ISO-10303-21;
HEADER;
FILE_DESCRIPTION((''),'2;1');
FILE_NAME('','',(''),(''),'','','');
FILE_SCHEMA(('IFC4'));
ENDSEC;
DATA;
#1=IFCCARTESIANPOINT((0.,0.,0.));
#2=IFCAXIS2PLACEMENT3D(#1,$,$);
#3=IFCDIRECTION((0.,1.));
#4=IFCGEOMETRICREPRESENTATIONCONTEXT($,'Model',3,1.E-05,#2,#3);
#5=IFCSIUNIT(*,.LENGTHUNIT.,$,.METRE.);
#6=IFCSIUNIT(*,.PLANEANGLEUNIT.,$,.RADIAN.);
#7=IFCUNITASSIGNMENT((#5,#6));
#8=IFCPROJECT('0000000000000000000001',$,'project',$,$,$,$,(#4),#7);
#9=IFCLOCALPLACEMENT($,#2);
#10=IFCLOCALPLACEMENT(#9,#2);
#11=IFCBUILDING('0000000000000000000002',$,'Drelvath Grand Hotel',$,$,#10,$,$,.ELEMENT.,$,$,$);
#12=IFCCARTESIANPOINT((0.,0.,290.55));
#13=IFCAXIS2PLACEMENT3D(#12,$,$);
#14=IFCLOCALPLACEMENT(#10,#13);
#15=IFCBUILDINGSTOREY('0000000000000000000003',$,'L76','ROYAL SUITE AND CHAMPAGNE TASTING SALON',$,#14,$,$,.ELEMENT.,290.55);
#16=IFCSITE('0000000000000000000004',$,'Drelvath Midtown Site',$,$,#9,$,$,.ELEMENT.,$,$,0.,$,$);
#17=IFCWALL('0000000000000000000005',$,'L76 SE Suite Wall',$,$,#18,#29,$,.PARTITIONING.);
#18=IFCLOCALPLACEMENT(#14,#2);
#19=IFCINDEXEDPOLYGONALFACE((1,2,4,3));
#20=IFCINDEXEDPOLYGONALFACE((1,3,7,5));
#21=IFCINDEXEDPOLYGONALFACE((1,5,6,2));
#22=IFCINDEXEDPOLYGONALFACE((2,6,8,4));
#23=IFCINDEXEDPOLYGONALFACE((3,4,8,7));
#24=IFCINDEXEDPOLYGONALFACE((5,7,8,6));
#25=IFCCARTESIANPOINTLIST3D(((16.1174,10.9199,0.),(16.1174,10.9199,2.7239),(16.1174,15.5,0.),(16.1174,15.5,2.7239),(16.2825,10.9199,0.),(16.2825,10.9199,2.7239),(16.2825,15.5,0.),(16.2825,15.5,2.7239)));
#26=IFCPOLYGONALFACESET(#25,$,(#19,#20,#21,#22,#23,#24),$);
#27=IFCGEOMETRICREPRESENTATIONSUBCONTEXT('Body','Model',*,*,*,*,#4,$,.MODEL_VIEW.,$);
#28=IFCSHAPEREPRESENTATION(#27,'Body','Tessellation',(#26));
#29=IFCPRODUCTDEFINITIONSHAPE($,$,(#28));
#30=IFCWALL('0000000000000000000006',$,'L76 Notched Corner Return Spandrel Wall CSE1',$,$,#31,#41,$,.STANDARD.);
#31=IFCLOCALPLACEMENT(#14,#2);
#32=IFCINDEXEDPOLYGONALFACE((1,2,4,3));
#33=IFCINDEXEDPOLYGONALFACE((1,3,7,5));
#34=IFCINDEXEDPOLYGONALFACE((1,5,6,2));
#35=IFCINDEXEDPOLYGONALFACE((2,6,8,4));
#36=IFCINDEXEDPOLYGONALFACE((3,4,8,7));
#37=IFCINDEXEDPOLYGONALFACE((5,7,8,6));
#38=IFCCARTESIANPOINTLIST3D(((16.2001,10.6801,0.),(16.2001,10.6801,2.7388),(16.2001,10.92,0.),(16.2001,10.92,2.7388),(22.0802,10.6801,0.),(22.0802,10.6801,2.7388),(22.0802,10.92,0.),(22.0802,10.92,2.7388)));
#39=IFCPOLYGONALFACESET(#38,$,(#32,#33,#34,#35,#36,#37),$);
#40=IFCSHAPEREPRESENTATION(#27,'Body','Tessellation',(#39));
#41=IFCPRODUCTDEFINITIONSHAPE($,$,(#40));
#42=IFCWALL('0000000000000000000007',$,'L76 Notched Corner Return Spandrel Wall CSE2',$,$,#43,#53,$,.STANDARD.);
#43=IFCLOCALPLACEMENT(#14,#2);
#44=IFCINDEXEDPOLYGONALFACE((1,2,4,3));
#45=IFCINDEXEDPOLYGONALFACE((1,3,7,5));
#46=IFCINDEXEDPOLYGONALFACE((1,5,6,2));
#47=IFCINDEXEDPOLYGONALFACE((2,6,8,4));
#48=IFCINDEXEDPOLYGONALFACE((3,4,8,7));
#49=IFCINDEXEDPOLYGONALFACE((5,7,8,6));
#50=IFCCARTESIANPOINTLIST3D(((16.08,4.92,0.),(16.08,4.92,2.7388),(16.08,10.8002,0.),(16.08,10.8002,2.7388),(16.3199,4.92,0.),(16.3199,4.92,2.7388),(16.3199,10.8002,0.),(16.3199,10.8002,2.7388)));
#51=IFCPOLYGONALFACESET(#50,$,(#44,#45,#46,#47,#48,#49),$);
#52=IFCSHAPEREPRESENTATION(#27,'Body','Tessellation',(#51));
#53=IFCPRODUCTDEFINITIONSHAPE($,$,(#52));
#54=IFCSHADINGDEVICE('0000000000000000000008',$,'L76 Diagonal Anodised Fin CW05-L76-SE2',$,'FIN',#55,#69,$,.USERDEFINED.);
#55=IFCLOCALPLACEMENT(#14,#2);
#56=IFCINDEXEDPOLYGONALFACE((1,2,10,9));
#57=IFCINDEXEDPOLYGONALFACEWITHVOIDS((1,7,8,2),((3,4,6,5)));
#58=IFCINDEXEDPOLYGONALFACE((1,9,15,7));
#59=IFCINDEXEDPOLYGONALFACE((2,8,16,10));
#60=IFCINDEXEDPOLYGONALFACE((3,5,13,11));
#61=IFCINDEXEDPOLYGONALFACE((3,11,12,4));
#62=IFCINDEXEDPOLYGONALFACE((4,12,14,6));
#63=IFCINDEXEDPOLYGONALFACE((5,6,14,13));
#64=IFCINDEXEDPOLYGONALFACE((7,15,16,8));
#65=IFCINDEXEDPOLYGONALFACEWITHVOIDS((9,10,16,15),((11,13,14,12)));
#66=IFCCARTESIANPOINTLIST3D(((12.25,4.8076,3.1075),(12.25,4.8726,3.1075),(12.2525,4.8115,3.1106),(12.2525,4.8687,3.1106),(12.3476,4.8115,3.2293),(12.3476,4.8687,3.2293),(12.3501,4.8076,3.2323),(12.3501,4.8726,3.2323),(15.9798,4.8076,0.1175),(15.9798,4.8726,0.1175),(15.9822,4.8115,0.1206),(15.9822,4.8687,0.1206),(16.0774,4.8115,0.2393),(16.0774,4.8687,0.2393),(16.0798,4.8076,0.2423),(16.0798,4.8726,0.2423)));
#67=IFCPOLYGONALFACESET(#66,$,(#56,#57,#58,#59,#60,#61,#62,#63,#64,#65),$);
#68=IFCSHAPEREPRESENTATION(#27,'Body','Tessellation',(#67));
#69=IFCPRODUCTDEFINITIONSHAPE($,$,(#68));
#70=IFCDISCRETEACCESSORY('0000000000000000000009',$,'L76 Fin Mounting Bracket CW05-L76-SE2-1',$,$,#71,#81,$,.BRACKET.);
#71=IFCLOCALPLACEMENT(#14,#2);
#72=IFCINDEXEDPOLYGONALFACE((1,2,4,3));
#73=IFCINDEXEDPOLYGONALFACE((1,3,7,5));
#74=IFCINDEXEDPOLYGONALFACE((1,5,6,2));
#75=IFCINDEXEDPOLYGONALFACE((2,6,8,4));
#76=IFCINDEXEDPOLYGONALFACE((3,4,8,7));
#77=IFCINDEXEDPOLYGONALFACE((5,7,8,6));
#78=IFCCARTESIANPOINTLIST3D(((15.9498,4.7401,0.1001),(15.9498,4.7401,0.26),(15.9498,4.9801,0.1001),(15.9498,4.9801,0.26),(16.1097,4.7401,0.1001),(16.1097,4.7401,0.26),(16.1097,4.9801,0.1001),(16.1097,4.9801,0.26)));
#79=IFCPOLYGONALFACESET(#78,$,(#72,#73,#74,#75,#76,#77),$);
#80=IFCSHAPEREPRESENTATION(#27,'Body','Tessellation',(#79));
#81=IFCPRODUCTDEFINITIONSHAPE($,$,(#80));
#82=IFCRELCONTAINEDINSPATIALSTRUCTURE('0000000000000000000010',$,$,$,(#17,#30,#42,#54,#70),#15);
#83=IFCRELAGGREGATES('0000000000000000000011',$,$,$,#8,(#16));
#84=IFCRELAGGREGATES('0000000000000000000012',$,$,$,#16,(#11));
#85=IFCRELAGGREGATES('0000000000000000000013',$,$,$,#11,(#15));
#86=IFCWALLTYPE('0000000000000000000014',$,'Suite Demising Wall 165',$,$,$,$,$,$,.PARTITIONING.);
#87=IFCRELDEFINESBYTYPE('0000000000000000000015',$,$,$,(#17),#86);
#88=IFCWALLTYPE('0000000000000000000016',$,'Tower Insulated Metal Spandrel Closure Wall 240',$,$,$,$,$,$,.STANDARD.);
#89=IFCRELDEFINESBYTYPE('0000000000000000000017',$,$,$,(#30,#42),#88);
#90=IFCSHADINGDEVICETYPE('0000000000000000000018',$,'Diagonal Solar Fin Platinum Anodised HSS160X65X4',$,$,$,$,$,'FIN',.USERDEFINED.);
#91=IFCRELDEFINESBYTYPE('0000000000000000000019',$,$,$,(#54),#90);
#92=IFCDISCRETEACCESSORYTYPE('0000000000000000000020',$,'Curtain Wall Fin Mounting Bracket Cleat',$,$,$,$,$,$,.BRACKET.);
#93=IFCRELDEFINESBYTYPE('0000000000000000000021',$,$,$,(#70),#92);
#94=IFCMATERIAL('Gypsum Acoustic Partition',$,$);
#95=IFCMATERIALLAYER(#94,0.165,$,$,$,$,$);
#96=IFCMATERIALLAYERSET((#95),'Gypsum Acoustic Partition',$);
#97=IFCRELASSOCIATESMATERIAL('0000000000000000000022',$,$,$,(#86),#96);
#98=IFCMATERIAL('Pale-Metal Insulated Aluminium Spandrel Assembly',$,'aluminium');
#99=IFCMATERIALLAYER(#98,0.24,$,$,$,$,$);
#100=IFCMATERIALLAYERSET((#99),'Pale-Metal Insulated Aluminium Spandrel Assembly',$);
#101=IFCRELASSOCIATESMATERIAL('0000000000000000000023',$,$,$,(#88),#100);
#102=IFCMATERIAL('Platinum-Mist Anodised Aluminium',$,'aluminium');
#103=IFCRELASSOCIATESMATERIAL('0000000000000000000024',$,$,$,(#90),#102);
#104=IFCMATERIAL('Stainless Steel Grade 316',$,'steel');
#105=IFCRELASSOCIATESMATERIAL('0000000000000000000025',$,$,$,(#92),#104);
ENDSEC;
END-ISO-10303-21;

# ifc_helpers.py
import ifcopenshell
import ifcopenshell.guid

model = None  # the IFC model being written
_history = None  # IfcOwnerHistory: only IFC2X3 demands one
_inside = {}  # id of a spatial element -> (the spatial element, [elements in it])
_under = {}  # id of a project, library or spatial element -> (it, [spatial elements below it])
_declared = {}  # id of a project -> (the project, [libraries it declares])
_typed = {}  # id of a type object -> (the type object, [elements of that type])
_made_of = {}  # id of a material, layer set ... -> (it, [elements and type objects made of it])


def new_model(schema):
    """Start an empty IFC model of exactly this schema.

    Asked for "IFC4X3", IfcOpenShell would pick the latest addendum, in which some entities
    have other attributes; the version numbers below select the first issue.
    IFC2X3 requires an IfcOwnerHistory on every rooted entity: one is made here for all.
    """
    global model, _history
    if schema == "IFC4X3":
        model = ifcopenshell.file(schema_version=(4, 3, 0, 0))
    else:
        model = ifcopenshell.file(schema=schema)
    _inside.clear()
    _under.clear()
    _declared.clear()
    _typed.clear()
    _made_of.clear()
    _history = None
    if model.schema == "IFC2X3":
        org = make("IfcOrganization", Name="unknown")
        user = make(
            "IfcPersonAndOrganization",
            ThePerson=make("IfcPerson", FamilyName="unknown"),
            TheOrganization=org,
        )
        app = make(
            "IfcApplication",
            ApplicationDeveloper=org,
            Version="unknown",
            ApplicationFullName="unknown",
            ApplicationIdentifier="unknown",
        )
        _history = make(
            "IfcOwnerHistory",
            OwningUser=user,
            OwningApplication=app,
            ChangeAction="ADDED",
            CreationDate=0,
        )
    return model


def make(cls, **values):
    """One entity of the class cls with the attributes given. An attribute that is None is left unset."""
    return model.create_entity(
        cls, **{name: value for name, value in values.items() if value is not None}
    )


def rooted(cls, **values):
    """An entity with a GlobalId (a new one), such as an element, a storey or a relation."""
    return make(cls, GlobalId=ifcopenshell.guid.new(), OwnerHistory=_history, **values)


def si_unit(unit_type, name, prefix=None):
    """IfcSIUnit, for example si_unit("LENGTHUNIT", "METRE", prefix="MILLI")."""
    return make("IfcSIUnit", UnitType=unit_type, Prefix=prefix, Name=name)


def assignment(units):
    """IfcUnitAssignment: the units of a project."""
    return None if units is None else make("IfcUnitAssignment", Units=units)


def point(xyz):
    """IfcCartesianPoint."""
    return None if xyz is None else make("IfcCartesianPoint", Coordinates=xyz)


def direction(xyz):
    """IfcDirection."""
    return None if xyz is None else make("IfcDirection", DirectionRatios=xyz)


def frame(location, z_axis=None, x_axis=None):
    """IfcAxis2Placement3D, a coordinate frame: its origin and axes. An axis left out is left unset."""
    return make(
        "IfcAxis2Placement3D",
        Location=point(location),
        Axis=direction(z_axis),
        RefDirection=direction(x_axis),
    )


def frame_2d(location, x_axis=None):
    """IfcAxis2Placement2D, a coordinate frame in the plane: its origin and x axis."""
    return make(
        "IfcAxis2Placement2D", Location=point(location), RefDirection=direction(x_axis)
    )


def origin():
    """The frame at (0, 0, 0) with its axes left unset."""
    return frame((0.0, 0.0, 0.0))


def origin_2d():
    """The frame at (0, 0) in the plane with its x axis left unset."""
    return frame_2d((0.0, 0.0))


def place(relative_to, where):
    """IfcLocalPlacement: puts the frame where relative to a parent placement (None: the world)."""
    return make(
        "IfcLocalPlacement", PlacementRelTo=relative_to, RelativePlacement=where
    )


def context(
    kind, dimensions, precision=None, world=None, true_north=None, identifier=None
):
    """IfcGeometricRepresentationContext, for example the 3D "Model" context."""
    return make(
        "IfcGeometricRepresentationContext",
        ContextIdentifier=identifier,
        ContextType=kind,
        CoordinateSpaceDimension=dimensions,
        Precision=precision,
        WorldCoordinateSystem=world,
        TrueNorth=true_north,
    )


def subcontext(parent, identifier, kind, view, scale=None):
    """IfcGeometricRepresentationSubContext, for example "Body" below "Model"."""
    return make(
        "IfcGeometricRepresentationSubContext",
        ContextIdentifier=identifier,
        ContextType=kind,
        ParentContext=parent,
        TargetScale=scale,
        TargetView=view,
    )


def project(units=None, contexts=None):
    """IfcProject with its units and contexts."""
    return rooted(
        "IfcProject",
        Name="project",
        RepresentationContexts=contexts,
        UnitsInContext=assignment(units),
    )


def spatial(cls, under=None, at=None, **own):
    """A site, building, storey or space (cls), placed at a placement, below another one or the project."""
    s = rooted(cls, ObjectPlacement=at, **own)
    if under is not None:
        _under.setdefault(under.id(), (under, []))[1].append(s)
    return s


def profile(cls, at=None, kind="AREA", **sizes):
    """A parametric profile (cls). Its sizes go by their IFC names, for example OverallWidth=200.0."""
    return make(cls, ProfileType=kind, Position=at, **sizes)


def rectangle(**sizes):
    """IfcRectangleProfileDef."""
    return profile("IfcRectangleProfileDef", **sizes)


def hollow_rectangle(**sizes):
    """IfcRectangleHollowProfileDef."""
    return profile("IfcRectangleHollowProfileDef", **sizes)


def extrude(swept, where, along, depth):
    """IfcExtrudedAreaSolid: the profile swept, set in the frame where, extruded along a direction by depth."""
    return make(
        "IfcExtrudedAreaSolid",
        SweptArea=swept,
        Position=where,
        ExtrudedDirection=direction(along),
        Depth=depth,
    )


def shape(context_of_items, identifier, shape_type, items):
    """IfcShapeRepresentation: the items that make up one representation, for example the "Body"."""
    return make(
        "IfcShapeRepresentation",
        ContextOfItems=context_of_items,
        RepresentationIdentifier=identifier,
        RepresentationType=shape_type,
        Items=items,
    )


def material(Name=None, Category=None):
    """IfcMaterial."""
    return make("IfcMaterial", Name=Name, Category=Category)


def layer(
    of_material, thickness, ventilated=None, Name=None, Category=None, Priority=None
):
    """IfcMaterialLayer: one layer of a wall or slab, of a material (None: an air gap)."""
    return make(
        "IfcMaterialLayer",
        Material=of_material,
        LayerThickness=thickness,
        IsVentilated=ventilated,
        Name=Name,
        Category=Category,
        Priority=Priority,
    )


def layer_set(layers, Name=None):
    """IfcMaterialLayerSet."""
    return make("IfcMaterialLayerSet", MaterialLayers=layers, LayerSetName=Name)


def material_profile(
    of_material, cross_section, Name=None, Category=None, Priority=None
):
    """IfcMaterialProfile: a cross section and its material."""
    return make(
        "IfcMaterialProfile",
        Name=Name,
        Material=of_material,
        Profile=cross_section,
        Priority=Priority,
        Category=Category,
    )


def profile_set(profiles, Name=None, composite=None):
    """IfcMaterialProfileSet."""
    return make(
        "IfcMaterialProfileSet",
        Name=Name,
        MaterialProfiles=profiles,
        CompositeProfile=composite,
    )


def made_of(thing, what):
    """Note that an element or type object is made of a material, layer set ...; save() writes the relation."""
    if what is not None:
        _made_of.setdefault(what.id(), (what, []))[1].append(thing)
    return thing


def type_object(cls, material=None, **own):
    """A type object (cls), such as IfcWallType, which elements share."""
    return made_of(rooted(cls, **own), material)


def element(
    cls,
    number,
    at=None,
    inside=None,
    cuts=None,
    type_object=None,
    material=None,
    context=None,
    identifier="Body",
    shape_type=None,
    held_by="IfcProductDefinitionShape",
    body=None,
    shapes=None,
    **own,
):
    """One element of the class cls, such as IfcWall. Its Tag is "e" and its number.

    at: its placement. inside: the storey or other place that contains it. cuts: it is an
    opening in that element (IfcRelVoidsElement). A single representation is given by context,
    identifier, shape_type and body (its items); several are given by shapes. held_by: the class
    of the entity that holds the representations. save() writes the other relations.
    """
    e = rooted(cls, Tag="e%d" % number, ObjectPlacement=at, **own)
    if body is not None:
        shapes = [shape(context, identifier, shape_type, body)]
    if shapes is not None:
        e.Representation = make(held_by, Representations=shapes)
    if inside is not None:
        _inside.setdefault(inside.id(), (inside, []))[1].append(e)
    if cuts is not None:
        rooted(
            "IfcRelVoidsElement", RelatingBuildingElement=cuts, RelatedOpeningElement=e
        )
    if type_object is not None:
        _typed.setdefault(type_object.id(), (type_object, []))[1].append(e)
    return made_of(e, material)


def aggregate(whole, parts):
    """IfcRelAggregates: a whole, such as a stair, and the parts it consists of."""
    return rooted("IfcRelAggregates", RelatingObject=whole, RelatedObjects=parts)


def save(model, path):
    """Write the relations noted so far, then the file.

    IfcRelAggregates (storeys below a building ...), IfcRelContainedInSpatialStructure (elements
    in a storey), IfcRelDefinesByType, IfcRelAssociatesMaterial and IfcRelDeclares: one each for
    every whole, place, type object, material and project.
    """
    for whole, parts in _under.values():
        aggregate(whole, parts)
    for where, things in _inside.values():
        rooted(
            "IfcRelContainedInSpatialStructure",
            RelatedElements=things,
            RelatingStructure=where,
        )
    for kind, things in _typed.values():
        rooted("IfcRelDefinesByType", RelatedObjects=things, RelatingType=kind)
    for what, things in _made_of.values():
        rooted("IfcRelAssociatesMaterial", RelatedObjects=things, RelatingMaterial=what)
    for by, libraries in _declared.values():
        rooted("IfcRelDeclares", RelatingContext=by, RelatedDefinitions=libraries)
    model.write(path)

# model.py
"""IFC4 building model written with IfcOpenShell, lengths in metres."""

from ifc_helpers import new_model, si_unit, direction, frame, frame_2d, origin, origin_2d, place, context, subcontext, project, spatial, rectangle, hollow_rectangle, extrude, material, layer, layer_set, material_profile, profile_set, type_object, element, save


model = new_model("IFC4")

# Units and contexts
model_context = context("Model", 3, precision=1e-05, world=origin(), true_north=direction((0.0, 1.0)))
body_context = subcontext(model_context, "Body", "Model", "MODEL_VIEW")
ifc_project = project(units=[si_unit("LENGTHUNIT", "METRE"), si_unit("PLANEANGLEUNIT", "RADIAN")], contexts=[model_context])

# Site, building, storey
site_placement = place(None, origin())
site = spatial("IfcSite", under=ifc_project, at=site_placement, Name="Drelvath Midtown Site", CompositionType="ELEMENT", RefElevation=0.0)
building_placement = place(site_placement, origin())
building = spatial("IfcBuilding", under=site, at=building_placement, Name="Drelvath Grand Hotel", CompositionType="ELEMENT")
storey_placement = place(building_placement, frame((0.0, 0.0, 290.55)))
storey = spatial("IfcBuildingStorey", under=building, at=storey_placement, Name="L76", Description="ROYAL SUITE AND CHAMPAGNE TASTING SALON", CompositionType="ELEMENT", Elevation=290.55)

# Walls
ifc_material_1 = material(Name="Gypsum Acoustic Partition")
ifc_layer_1 = layer(ifc_material_1, 0.165)
ifc_layer_set_1 = layer_set([ifc_layer_1], Name="Gypsum Acoustic Partition")
wall_type_1 = type_object("IfcWallType", Name="Suite Demising Wall 165", PredefinedType="PARTITIONING", material=ifc_layer_set_1)
wall_1_placement = place(storey_placement, frame((16.2, 10.9199, 0.0), z_axis=(0.0, 0.0, 1.0), x_axis=(0.0, 1.0, 0.0)))
element("IfcWall", 1, at=wall_1_placement, inside=storey, type_object=wall_type_1, Name="L76 SE Suite Wall", PredefinedType="PARTITIONING", context=body_context, shape_type="SweptSolid", body=[
    extrude(rectangle(XDim=4.5801, YDim=0.165, at=frame_2d((2.29, 0.0))), origin(), (0.0, 0.0, 1.0), 2.7239),
])
ifc_material_2 = material(Name="Pale-Metal Insulated Aluminium Spandrel Assembly", Category="aluminium")
ifc_layer_2 = layer(ifc_material_2, 0.24)
ifc_layer_set_2 = layer_set([ifc_layer_2], Name="Pale-Metal Insulated Aluminium Spandrel Assembly")
wall_type_2 = type_object("IfcWallType", Name="Tower Insulated Metal Spandrel Closure Wall 240", PredefinedType="STANDARD", material=ifc_layer_set_2)
for number, where, z_axis, x_axis, name in (
    (2, (22.0801, 10.8, 0.0), (0.0, 0.0, 1.0), (-1.0, 0.0, 0.0), "L76 Notched Corner Return Spandrel Wall CSE1"),
    (3, (16.2, 10.8, 0.0), (0.0, 0.0, 1.0), (0.0, -1.0, 0.0), "L76 Notched Corner Return Spandrel Wall CSE2"),
):
    element("IfcWall", number, at=place(storey_placement, frame(where, z_axis=z_axis, x_axis=x_axis)), inside=storey, type_object=wall_type_2, Name=name, PredefinedType="STANDARD", context=body_context, shape_type="SweptSolid", body=[
        extrude(rectangle(XDim=5.8801, YDim=0.24, at=frame_2d((2.9399, 0.0))), origin(), (0.0, 0.0, 1.0), 2.7388),
    ])

# Shading device
ifc_material_3 = material(Name="Platinum-Mist Anodised Aluminium", Category="aluminium")
ifc_material_profile_1 = material_profile(ifc_material_3, hollow_rectangle(XDim=0.0649, YDim=0.1599, WallThickness=0.0039, at=origin_2d()), Name="HSS160X65X4")
ifc_profile_set_1 = profile_set([ifc_material_profile_1], Name="Platinum-Mist Anodised Aluminium")
shading_device_type = type_object("IfcShadingDeviceType", Name="Diagonal Solar Fin Platinum Anodised HSS160X65X4", ElementType="FIN", PredefinedType="USERDEFINED", material=ifc_profile_set_1)
shading_device_placement = place(storey_placement, frame((16.0298, 4.8401, 0.1799), z_axis=(-0.780236, 0.0, 0.625486), x_axis=(0.0, -1.0, 0.0)))
element("IfcShadingDevice", 4, at=shading_device_placement, inside=storey, type_object=shading_device_type, Name="L76 Diagonal Anodised Fin CW05-L76-SE2", ObjectType="FIN", PredefinedType="USERDEFINED", context=body_context, shape_type="SweptSolid", body=[
    extrude(hollow_rectangle(XDim=0.0649, YDim=0.1599, WallThickness=0.0039, at=origin_2d()), origin(), (0.0, 0.0, 1.0), 4.7803),
])

# Discrete accessory
ifc_material_4 = material(Name="Stainless Steel Grade 316", Category="steel")
discrete_accessory_type = type_object("IfcDiscreteAccessoryType", Name="Curtain Wall Fin Mounting Bracket Cleat", PredefinedType="BRACKET", material=ifc_material_4)
discrete_accessory_placement = place(storey_placement, frame((16.0298, 4.8601, 0.1001), z_axis=(0.0, 0.0, 1.0), x_axis=(-1.0, 0.0, 0.0)))
element("IfcDiscreteAccessory", 5, at=discrete_accessory_placement, inside=storey, type_object=discrete_accessory_type, Name="L76 Fin Mounting Bracket CW05-L76-SE2-1", PredefinedType="BRACKET", context=body_context, shape_type="SweptSolid", body=[
    extrude(rectangle(XDim=0.1599, YDim=0.24, at=origin_2d()), origin(), (0.0, 0.0, 1.0), 0.1599),
])

save(model, "model.ifc")
